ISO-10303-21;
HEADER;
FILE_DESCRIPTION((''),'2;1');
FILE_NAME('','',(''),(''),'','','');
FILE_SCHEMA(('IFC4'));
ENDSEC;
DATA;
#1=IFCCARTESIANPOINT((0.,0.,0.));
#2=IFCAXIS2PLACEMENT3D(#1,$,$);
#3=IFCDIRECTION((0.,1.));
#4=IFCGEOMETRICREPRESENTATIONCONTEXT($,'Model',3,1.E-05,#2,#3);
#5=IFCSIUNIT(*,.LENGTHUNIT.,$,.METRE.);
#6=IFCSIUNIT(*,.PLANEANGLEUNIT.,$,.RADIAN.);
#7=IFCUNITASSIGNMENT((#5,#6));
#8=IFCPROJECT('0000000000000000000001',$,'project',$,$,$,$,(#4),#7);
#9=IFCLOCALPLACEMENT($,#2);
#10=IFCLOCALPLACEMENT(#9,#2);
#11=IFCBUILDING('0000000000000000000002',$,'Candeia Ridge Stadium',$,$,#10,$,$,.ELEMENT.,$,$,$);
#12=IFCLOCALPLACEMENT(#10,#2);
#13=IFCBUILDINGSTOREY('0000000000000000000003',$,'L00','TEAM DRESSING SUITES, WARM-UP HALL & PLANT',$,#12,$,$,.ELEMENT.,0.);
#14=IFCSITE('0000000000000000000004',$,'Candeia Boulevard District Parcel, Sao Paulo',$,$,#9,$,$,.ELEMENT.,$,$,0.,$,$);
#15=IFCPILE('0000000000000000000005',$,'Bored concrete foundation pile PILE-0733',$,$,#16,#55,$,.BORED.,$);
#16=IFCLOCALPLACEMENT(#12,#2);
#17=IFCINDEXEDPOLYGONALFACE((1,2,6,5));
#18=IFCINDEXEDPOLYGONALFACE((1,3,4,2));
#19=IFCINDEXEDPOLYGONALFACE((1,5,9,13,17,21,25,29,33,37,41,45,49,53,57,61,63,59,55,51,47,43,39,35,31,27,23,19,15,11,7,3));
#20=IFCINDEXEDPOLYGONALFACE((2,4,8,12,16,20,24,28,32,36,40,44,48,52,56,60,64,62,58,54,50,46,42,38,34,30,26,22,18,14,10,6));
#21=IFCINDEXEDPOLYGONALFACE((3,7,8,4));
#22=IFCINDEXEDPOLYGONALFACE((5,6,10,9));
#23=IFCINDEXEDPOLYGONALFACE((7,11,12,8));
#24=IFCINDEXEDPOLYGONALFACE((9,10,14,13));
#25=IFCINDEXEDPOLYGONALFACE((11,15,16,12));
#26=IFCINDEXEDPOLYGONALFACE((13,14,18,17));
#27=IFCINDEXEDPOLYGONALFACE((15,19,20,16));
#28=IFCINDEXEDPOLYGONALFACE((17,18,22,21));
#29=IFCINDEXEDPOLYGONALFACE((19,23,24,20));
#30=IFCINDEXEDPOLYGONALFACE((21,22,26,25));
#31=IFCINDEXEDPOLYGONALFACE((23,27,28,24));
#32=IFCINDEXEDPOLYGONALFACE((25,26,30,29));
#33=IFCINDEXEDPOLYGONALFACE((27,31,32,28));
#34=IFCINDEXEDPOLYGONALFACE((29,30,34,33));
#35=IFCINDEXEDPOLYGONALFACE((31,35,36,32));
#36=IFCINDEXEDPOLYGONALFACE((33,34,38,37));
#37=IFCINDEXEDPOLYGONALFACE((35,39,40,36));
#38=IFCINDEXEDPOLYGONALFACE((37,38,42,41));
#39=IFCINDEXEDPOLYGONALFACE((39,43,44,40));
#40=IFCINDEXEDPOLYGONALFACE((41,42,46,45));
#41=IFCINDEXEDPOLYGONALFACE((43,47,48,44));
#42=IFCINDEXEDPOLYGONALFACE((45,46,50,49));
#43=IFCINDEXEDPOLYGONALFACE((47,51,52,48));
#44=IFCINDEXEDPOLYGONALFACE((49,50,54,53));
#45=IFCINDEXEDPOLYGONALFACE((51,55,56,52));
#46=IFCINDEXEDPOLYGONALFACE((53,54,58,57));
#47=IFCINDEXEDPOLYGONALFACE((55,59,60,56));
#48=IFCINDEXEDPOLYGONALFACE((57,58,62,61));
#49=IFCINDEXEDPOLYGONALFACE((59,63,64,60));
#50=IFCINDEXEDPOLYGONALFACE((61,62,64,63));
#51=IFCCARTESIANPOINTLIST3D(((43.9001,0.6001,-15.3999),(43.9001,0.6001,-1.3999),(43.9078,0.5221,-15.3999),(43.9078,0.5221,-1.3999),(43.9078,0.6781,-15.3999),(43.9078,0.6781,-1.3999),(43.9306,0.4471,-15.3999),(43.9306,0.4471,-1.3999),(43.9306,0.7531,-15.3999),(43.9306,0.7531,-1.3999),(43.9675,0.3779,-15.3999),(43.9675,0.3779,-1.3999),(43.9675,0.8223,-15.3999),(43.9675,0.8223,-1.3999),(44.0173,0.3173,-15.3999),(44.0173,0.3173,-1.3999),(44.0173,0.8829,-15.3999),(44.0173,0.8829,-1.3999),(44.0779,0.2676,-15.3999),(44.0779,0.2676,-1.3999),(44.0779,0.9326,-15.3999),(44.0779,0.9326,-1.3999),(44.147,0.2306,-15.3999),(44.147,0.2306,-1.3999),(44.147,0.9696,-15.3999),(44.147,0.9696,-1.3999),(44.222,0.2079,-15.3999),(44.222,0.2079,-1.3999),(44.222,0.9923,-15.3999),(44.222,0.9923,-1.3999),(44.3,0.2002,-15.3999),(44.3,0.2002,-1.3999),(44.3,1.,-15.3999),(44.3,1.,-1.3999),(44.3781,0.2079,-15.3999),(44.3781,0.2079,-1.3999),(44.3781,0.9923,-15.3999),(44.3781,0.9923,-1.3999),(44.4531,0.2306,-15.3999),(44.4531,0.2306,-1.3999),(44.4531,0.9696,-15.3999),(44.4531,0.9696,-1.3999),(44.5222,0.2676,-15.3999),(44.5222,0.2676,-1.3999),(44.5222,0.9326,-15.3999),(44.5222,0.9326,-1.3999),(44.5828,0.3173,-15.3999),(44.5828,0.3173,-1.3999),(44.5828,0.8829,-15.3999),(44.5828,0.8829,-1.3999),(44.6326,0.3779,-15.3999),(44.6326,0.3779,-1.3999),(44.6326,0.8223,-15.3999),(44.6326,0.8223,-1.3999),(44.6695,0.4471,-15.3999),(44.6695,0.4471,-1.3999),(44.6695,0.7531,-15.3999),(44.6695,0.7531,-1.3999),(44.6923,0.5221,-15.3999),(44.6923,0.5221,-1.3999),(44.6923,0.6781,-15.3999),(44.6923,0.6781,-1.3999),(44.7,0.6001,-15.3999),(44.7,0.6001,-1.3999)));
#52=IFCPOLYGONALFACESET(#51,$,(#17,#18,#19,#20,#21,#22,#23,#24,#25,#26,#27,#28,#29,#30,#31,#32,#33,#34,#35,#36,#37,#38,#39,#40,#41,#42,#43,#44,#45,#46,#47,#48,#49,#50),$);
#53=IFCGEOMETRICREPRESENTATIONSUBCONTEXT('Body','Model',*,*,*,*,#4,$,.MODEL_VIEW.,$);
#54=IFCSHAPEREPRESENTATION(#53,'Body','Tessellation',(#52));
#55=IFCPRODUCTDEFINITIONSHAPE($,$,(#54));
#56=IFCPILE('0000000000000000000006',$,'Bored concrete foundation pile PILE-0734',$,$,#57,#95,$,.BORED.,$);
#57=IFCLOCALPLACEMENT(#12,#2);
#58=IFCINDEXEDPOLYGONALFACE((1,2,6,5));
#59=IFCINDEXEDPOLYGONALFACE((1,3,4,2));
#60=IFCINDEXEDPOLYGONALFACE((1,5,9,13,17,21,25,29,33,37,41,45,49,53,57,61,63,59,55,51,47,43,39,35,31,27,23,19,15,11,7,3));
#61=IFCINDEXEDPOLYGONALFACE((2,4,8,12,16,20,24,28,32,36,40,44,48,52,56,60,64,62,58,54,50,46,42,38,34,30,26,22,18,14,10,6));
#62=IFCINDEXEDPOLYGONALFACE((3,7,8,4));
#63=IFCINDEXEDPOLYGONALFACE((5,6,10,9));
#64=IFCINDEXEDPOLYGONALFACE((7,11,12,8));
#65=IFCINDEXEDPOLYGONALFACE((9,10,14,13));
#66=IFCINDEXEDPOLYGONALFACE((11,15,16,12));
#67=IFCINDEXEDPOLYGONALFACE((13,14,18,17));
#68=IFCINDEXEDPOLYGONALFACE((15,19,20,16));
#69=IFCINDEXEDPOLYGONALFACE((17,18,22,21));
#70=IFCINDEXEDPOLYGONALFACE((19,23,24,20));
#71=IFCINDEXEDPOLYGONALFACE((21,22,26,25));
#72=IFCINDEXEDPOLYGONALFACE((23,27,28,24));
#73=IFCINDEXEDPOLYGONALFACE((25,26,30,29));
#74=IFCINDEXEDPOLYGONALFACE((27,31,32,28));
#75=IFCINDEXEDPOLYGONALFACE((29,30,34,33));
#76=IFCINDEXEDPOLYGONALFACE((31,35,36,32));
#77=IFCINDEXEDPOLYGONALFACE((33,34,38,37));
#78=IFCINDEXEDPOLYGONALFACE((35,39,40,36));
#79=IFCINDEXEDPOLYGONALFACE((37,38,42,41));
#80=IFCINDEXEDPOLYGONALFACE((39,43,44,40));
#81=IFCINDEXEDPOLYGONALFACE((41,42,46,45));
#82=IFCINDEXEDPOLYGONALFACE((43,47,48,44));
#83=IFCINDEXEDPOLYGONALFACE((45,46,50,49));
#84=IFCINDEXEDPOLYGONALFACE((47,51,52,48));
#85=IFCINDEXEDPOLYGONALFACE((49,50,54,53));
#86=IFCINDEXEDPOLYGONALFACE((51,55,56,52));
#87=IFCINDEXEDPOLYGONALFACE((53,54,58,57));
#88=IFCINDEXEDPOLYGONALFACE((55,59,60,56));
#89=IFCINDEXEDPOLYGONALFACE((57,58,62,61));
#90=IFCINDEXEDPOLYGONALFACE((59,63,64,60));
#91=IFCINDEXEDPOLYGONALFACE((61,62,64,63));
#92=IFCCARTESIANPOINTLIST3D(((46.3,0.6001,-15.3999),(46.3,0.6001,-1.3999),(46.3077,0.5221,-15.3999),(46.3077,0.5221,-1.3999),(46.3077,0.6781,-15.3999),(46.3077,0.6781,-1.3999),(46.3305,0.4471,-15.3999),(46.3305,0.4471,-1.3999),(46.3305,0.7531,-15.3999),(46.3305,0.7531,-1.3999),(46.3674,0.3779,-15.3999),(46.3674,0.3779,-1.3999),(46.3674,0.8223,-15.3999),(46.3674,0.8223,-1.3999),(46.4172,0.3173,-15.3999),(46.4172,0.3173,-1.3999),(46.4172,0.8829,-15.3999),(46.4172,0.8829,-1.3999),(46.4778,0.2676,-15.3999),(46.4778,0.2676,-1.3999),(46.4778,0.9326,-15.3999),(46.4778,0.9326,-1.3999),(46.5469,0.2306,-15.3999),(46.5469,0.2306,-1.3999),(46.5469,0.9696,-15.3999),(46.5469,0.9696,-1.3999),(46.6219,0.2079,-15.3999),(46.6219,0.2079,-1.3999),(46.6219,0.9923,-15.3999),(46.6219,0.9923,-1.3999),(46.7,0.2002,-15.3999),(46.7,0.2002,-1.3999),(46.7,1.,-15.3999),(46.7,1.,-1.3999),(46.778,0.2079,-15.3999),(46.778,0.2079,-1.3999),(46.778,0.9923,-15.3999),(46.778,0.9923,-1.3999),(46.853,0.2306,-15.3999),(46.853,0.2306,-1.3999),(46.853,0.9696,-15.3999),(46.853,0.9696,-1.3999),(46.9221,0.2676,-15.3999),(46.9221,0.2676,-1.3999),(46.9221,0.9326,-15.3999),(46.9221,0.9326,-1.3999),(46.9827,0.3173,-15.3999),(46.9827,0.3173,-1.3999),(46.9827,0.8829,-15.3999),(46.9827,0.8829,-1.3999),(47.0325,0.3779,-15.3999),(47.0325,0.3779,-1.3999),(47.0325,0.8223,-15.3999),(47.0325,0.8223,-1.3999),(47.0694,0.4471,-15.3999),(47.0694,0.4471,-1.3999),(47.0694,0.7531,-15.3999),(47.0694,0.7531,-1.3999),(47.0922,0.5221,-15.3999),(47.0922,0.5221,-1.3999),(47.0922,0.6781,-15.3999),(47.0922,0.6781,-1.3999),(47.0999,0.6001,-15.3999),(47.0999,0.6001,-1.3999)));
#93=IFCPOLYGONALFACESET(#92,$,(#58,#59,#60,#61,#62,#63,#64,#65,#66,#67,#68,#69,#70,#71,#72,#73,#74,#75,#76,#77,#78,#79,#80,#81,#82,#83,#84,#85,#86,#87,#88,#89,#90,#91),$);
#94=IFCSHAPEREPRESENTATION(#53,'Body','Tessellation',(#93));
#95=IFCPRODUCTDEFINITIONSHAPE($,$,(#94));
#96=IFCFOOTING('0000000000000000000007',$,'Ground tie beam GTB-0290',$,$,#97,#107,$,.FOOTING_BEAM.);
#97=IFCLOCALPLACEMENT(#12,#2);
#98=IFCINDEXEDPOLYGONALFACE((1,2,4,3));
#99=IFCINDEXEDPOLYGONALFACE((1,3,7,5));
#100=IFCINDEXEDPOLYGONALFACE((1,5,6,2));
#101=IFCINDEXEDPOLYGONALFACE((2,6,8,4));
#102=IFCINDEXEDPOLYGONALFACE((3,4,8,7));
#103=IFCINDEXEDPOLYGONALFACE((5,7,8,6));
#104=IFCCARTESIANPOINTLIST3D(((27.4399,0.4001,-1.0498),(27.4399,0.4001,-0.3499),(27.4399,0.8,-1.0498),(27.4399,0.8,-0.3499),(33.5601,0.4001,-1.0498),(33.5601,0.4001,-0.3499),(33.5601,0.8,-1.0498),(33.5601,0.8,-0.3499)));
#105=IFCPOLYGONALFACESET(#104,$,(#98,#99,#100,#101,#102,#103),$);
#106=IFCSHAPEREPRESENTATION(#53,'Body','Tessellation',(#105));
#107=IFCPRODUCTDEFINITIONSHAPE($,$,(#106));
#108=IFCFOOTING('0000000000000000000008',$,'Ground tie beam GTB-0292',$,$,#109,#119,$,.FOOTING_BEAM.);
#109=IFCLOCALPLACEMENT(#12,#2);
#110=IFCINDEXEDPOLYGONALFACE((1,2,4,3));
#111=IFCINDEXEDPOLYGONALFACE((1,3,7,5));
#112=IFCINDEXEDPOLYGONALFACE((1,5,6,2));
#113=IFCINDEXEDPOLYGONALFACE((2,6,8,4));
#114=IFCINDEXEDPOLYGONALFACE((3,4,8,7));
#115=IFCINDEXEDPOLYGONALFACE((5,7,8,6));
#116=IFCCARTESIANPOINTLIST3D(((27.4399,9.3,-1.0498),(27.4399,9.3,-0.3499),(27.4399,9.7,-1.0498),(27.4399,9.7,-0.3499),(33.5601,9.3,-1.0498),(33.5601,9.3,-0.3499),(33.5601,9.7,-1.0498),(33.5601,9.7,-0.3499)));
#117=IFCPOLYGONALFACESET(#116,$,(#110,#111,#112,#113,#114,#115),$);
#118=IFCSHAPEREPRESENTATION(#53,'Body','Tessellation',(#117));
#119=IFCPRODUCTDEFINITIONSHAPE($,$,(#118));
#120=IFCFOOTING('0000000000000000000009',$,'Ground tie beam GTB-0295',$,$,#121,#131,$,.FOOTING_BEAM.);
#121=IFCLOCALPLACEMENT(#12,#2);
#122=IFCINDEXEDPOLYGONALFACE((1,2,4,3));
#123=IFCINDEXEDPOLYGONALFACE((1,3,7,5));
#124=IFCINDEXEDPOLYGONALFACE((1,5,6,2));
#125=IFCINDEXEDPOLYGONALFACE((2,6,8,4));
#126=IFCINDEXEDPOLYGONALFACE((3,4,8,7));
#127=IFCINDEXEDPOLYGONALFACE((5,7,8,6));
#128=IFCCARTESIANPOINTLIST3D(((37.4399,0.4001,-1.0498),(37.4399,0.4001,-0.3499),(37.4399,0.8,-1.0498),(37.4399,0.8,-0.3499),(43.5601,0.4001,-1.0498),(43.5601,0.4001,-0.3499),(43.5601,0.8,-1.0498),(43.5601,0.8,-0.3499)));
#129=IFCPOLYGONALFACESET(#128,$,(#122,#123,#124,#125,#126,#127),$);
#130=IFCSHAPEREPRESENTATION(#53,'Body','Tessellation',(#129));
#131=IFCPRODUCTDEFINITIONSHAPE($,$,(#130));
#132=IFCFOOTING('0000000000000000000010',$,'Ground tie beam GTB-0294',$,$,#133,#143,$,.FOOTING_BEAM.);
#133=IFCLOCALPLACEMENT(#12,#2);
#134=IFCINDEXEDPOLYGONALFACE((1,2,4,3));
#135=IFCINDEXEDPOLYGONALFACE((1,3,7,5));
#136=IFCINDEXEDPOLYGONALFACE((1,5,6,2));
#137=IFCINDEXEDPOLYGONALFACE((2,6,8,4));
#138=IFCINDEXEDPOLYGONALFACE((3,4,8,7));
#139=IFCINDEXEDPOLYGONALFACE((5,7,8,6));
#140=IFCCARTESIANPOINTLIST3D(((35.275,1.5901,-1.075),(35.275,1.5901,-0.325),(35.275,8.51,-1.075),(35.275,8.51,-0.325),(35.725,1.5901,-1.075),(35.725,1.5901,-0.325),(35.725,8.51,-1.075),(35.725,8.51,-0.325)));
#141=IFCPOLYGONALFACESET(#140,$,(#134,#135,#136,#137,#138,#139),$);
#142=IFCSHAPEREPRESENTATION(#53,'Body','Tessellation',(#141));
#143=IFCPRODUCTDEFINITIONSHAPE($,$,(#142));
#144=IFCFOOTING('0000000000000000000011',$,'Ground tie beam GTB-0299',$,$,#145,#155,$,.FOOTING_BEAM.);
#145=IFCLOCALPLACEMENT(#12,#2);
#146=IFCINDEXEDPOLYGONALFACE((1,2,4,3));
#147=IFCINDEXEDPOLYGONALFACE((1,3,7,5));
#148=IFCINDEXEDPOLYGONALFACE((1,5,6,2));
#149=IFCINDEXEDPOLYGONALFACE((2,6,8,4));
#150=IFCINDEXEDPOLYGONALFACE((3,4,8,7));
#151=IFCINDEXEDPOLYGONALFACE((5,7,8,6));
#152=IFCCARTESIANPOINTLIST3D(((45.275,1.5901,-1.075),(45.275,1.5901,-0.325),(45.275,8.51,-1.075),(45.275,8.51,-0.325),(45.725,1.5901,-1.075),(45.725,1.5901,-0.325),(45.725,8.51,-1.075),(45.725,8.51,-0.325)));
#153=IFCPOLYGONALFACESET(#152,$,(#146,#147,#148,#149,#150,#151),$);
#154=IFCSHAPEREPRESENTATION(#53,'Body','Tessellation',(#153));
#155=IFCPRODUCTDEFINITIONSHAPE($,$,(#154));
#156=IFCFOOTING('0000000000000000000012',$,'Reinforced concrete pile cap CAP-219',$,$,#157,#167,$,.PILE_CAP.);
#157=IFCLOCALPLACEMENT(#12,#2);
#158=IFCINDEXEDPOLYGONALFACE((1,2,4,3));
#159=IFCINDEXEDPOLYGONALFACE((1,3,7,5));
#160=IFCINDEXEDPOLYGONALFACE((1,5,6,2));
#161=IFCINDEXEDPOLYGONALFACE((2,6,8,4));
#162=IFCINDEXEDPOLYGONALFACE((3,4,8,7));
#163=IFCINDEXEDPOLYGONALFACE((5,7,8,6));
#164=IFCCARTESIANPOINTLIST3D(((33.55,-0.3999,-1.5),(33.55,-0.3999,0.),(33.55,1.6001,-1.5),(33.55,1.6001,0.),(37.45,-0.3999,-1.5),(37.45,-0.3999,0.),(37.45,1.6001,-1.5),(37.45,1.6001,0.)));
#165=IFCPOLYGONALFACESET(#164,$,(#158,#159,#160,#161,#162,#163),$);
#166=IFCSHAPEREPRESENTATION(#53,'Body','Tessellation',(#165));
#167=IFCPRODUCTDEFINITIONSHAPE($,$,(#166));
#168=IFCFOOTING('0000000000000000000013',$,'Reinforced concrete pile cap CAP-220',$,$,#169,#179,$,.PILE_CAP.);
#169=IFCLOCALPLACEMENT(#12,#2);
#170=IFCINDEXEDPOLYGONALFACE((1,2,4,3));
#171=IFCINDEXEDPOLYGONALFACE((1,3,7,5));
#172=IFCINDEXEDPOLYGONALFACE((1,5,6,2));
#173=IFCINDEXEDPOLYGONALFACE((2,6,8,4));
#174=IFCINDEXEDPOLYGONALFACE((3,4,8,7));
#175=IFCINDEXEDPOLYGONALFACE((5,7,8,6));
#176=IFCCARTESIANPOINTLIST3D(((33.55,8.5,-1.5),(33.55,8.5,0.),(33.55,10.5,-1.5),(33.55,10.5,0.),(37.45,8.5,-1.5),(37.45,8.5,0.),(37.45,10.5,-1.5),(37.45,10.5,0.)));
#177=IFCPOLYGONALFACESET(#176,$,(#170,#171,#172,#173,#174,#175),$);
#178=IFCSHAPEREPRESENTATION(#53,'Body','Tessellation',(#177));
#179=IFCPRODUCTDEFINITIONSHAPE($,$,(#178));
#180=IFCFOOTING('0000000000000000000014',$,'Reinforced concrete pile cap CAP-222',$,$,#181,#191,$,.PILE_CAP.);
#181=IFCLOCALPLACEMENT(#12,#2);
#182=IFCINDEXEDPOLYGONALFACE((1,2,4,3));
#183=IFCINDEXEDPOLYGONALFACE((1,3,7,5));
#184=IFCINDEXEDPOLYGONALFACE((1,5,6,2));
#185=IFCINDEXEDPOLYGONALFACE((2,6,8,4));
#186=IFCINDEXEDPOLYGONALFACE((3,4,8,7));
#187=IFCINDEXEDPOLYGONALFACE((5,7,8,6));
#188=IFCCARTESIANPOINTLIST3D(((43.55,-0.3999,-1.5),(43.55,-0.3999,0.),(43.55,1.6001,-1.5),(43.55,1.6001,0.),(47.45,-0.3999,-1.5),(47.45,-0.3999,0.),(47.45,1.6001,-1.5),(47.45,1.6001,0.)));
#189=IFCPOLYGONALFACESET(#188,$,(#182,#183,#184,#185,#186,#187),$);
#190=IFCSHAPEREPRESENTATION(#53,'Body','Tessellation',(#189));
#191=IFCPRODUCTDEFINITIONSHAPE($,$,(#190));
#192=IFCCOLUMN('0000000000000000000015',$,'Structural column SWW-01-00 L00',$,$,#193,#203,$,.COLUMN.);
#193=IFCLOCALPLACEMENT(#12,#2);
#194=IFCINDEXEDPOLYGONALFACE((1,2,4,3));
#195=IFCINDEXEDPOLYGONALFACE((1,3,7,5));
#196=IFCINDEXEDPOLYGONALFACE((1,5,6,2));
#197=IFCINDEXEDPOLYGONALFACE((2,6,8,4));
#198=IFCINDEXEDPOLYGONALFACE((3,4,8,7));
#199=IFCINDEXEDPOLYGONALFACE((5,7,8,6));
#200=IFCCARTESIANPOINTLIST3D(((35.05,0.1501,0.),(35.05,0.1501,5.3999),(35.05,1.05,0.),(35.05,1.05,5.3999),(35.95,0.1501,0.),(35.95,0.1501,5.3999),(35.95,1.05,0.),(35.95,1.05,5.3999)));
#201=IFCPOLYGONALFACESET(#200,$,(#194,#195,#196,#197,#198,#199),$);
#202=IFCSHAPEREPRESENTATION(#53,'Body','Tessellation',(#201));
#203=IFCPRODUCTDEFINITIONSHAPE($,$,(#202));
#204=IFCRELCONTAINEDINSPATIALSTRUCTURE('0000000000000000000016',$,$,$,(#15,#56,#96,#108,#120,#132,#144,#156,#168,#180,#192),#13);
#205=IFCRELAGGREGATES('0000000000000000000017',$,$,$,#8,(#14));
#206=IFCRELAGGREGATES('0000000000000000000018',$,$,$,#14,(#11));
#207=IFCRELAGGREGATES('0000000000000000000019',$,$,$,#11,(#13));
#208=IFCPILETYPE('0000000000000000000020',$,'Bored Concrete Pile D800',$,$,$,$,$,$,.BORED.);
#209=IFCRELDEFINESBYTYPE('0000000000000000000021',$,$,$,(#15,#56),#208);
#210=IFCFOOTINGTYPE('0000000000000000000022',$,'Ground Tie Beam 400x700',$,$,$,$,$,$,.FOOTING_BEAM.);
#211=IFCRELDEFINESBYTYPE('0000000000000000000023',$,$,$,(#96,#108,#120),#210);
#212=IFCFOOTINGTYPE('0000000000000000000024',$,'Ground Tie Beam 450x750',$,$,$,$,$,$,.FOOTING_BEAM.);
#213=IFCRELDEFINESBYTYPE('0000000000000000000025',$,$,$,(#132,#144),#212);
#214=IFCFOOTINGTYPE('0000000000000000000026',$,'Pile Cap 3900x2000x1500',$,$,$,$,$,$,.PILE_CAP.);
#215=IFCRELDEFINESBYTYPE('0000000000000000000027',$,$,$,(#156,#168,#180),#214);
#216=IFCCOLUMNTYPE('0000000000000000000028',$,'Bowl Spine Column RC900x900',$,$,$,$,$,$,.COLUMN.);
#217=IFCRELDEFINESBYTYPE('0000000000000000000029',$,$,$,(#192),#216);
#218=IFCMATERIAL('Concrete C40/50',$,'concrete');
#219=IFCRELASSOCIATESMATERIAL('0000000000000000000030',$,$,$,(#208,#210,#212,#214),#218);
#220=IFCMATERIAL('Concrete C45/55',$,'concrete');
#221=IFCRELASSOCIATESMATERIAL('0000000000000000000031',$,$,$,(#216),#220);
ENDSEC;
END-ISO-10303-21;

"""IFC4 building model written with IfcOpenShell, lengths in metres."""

from ifc_helpers import new_model, si_unit, direction, frame, origin, origin_2d, place, context, subcontext, project, spatial, rectangle, circle, extrude, material, material_profile, profile_set, type_object, element, save


model = new_model("IFC4")

# Units and contexts
model_context = context("Model", 3, precision=1e-05, world=origin(), true_north=direction((0.0, 1.0)))
body_context = subcontext(model_context, "Body", "Model", "MODEL_VIEW")
ifc_project = project(units=[si_unit("LENGTHUNIT", "METRE"), si_unit("PLANEANGLEUNIT", "RADIAN")], contexts=[model_context])

# Site, building, storey
site_placement = place(None, origin())
site = spatial("IfcSite", under=ifc_project, at=site_placement, Name="Candeia Boulevard District Parcel, Sao Paulo", CompositionType="ELEMENT", RefElevation=0.0)
building_placement = place(site_placement, origin())
building = spatial("IfcBuilding", under=site, at=building_placement, Name="Candeia Ridge Stadium", CompositionType="ELEMENT")
storey_placement = place(building_placement, origin())
storey = spatial("IfcBuildingStorey", under=building, at=storey_placement, Name="L00", Description="TEAM DRESSING SUITES, WARM-UP HALL & PLANT", CompositionType="ELEMENT", Elevation=0.0)

# Piles
ifc_material_1 = material(Name="Concrete C40/50", Category="concrete")
ifc_material_profile_1 = material_profile(ifc_material_1, circle(Radius=0.3999, at=origin_2d()), Name="PILE-D800", Category="concrete")
ifc_profile_set_1 = profile_set([ifc_material_profile_1], Name="Concrete C40/50")
pile_type = type_object("IfcPileType", Name="Bored Concrete Pile D800", PredefinedType="BORED", material=ifc_profile_set_1)
for number, where, z_axis, x_axis, name in (
    (1, (44.3, 0.6001, -1.3999), (0.0, 0.0, -1.0), (1.0, 0.0, 0.0), "Bored concrete foundation pile PILE-0733"),
    (2, (46.7, 0.6001, -1.3999), (0.0, 0.0, -1.0), (1.0, 0.0, 0.0), "Bored concrete foundation pile PILE-0734"),
):
    element("IfcPile", number, at=place(storey_placement, frame(where, z_axis=z_axis, x_axis=x_axis)), inside=storey, type_object=pile_type, Name=name, PredefinedType="BORED", context=body_context, shape_type="SweptSolid", body=[
        extrude(circle(Radius=0.3999, at=origin_2d()), origin(), (0.0, 0.0, 1.0), 14.0),
    ])

# Footings
footing_type_1 = type_object("IfcFootingType", Name="Ground Tie Beam 400x700", PredefinedType="FOOTING_BEAM", material=ifc_material_1)
for number, where, z_axis, x_axis, name in (
    (3, (30.5, 0.6001, -1.0498), (0.0, 0.0, 1.0), (1.0, 0.0, 0.0), "Ground tie beam GTB-0290"),
    (4, (30.5, 9.5, -1.0498), (0.0, 0.0, 1.0), (1.0, 0.0, 0.0), "Ground tie beam GTB-0292"),
    (5, (40.5, 0.6001, -1.0498), (0.0, 0.0, 1.0), (1.0, 0.0, 0.0), "Ground tie beam GTB-0295"),
):
    element("IfcFooting", number, at=place(storey_placement, frame(where, z_axis=z_axis, x_axis=x_axis)), inside=storey, type_object=footing_type_1, Name=name, PredefinedType="FOOTING_BEAM", context=body_context, shape_type="SweptSolid", body=[
        extrude(rectangle(XDim=6.1201, YDim=0.3999, at=origin_2d()), origin(), (0.0, 0.0, 1.0), 0.7),
    ])
footing_type_2 = type_object("IfcFootingType", Name="Ground Tie Beam 450x750", PredefinedType="FOOTING_BEAM", material=ifc_material_1)
for number, where, z_axis, x_axis, name in (
    (6, (35.5, 5.05, -1.075), (0.0, 0.0, 1.0), (0.0, 1.0, 0.0), "Ground tie beam GTB-0294"),
    (7, (45.5, 5.05, -1.075), (0.0, 0.0, 1.0), (0.0, 1.0, 0.0), "Ground tie beam GTB-0299"),
):
    element("IfcFooting", number, at=place(storey_placement, frame(where, z_axis=z_axis, x_axis=x_axis)), inside=storey, type_object=footing_type_2, Name=name, PredefinedType="FOOTING_BEAM", context=body_context, shape_type="SweptSolid", body=[
        extrude(rectangle(XDim=6.9199, YDim=0.45, at=origin_2d()), origin(), (0.0, 0.0, 1.0), 0.75),
    ])
footing_type_3 = type_object("IfcFootingType", Name="Pile Cap 3900x2000x1500", PredefinedType="PILE_CAP", material=ifc_material_1)
for number, where, z_axis, x_axis, name in (
    (8, (35.5, 0.6001, -1.5), (0.0, 0.0, 1.0), (1.0, 0.0, 0.0), "Reinforced concrete pile cap CAP-219"),
    (9, (35.5, 9.5, -1.5), (0.0, 0.0, 1.0), (1.0, 0.0, 0.0), "Reinforced concrete pile cap CAP-220"),
    (10, (45.5, 0.6001, -1.5), (0.0, 0.0, 1.0), (1.0, 0.0, 0.0), "Reinforced concrete pile cap CAP-222"),
):
    element("IfcFooting", number, at=place(storey_placement, frame(where, z_axis=z_axis, x_axis=x_axis)), inside=storey, type_object=footing_type_3, Name=name, PredefinedType="PILE_CAP", context=body_context, shape_type="SweptSolid", body=[
        extrude(rectangle(XDim=3.8999, YDim=2.0, at=origin_2d()), origin(), (0.0, 0.0, 1.0), 1.5),
    ])

# Column
ifc_material_2 = material(Name="Concrete C45/55", Category="concrete")
ifc_material_profile_2 = material_profile(ifc_material_2, rectangle(XDim=0.8999, YDim=0.8999, at=origin_2d()), Name="RC900x900", Category="concrete")
ifc_profile_set_2 = profile_set([ifc_material_profile_2], Name="Concrete C45/55")
column_type_1 = type_object("IfcColumnType", Name="Bowl Spine Column RC900x900", PredefinedType="COLUMN", material=ifc_profile_set_2)
column_placement = place(storey_placement, frame((35.5, 0.6001, 0.0), z_axis=(0.0, 0.0, 1.0), x_axis=(1.0, 0.0, 0.0)))
element("IfcColumn", 11, at=column_placement, inside=storey, type_object=column_type_1, Name="Structural column SWW-01-00 L00", PredefinedType="COLUMN", context=body_context, shape_type="SweptSolid", body=[
    extrude(rectangle(XDim=0.8999, YDim=0.8999, at=origin_2d()), origin(), (0.0, 0.0, 1.0), 5.3999),
])

save(model, "model.ifc")
